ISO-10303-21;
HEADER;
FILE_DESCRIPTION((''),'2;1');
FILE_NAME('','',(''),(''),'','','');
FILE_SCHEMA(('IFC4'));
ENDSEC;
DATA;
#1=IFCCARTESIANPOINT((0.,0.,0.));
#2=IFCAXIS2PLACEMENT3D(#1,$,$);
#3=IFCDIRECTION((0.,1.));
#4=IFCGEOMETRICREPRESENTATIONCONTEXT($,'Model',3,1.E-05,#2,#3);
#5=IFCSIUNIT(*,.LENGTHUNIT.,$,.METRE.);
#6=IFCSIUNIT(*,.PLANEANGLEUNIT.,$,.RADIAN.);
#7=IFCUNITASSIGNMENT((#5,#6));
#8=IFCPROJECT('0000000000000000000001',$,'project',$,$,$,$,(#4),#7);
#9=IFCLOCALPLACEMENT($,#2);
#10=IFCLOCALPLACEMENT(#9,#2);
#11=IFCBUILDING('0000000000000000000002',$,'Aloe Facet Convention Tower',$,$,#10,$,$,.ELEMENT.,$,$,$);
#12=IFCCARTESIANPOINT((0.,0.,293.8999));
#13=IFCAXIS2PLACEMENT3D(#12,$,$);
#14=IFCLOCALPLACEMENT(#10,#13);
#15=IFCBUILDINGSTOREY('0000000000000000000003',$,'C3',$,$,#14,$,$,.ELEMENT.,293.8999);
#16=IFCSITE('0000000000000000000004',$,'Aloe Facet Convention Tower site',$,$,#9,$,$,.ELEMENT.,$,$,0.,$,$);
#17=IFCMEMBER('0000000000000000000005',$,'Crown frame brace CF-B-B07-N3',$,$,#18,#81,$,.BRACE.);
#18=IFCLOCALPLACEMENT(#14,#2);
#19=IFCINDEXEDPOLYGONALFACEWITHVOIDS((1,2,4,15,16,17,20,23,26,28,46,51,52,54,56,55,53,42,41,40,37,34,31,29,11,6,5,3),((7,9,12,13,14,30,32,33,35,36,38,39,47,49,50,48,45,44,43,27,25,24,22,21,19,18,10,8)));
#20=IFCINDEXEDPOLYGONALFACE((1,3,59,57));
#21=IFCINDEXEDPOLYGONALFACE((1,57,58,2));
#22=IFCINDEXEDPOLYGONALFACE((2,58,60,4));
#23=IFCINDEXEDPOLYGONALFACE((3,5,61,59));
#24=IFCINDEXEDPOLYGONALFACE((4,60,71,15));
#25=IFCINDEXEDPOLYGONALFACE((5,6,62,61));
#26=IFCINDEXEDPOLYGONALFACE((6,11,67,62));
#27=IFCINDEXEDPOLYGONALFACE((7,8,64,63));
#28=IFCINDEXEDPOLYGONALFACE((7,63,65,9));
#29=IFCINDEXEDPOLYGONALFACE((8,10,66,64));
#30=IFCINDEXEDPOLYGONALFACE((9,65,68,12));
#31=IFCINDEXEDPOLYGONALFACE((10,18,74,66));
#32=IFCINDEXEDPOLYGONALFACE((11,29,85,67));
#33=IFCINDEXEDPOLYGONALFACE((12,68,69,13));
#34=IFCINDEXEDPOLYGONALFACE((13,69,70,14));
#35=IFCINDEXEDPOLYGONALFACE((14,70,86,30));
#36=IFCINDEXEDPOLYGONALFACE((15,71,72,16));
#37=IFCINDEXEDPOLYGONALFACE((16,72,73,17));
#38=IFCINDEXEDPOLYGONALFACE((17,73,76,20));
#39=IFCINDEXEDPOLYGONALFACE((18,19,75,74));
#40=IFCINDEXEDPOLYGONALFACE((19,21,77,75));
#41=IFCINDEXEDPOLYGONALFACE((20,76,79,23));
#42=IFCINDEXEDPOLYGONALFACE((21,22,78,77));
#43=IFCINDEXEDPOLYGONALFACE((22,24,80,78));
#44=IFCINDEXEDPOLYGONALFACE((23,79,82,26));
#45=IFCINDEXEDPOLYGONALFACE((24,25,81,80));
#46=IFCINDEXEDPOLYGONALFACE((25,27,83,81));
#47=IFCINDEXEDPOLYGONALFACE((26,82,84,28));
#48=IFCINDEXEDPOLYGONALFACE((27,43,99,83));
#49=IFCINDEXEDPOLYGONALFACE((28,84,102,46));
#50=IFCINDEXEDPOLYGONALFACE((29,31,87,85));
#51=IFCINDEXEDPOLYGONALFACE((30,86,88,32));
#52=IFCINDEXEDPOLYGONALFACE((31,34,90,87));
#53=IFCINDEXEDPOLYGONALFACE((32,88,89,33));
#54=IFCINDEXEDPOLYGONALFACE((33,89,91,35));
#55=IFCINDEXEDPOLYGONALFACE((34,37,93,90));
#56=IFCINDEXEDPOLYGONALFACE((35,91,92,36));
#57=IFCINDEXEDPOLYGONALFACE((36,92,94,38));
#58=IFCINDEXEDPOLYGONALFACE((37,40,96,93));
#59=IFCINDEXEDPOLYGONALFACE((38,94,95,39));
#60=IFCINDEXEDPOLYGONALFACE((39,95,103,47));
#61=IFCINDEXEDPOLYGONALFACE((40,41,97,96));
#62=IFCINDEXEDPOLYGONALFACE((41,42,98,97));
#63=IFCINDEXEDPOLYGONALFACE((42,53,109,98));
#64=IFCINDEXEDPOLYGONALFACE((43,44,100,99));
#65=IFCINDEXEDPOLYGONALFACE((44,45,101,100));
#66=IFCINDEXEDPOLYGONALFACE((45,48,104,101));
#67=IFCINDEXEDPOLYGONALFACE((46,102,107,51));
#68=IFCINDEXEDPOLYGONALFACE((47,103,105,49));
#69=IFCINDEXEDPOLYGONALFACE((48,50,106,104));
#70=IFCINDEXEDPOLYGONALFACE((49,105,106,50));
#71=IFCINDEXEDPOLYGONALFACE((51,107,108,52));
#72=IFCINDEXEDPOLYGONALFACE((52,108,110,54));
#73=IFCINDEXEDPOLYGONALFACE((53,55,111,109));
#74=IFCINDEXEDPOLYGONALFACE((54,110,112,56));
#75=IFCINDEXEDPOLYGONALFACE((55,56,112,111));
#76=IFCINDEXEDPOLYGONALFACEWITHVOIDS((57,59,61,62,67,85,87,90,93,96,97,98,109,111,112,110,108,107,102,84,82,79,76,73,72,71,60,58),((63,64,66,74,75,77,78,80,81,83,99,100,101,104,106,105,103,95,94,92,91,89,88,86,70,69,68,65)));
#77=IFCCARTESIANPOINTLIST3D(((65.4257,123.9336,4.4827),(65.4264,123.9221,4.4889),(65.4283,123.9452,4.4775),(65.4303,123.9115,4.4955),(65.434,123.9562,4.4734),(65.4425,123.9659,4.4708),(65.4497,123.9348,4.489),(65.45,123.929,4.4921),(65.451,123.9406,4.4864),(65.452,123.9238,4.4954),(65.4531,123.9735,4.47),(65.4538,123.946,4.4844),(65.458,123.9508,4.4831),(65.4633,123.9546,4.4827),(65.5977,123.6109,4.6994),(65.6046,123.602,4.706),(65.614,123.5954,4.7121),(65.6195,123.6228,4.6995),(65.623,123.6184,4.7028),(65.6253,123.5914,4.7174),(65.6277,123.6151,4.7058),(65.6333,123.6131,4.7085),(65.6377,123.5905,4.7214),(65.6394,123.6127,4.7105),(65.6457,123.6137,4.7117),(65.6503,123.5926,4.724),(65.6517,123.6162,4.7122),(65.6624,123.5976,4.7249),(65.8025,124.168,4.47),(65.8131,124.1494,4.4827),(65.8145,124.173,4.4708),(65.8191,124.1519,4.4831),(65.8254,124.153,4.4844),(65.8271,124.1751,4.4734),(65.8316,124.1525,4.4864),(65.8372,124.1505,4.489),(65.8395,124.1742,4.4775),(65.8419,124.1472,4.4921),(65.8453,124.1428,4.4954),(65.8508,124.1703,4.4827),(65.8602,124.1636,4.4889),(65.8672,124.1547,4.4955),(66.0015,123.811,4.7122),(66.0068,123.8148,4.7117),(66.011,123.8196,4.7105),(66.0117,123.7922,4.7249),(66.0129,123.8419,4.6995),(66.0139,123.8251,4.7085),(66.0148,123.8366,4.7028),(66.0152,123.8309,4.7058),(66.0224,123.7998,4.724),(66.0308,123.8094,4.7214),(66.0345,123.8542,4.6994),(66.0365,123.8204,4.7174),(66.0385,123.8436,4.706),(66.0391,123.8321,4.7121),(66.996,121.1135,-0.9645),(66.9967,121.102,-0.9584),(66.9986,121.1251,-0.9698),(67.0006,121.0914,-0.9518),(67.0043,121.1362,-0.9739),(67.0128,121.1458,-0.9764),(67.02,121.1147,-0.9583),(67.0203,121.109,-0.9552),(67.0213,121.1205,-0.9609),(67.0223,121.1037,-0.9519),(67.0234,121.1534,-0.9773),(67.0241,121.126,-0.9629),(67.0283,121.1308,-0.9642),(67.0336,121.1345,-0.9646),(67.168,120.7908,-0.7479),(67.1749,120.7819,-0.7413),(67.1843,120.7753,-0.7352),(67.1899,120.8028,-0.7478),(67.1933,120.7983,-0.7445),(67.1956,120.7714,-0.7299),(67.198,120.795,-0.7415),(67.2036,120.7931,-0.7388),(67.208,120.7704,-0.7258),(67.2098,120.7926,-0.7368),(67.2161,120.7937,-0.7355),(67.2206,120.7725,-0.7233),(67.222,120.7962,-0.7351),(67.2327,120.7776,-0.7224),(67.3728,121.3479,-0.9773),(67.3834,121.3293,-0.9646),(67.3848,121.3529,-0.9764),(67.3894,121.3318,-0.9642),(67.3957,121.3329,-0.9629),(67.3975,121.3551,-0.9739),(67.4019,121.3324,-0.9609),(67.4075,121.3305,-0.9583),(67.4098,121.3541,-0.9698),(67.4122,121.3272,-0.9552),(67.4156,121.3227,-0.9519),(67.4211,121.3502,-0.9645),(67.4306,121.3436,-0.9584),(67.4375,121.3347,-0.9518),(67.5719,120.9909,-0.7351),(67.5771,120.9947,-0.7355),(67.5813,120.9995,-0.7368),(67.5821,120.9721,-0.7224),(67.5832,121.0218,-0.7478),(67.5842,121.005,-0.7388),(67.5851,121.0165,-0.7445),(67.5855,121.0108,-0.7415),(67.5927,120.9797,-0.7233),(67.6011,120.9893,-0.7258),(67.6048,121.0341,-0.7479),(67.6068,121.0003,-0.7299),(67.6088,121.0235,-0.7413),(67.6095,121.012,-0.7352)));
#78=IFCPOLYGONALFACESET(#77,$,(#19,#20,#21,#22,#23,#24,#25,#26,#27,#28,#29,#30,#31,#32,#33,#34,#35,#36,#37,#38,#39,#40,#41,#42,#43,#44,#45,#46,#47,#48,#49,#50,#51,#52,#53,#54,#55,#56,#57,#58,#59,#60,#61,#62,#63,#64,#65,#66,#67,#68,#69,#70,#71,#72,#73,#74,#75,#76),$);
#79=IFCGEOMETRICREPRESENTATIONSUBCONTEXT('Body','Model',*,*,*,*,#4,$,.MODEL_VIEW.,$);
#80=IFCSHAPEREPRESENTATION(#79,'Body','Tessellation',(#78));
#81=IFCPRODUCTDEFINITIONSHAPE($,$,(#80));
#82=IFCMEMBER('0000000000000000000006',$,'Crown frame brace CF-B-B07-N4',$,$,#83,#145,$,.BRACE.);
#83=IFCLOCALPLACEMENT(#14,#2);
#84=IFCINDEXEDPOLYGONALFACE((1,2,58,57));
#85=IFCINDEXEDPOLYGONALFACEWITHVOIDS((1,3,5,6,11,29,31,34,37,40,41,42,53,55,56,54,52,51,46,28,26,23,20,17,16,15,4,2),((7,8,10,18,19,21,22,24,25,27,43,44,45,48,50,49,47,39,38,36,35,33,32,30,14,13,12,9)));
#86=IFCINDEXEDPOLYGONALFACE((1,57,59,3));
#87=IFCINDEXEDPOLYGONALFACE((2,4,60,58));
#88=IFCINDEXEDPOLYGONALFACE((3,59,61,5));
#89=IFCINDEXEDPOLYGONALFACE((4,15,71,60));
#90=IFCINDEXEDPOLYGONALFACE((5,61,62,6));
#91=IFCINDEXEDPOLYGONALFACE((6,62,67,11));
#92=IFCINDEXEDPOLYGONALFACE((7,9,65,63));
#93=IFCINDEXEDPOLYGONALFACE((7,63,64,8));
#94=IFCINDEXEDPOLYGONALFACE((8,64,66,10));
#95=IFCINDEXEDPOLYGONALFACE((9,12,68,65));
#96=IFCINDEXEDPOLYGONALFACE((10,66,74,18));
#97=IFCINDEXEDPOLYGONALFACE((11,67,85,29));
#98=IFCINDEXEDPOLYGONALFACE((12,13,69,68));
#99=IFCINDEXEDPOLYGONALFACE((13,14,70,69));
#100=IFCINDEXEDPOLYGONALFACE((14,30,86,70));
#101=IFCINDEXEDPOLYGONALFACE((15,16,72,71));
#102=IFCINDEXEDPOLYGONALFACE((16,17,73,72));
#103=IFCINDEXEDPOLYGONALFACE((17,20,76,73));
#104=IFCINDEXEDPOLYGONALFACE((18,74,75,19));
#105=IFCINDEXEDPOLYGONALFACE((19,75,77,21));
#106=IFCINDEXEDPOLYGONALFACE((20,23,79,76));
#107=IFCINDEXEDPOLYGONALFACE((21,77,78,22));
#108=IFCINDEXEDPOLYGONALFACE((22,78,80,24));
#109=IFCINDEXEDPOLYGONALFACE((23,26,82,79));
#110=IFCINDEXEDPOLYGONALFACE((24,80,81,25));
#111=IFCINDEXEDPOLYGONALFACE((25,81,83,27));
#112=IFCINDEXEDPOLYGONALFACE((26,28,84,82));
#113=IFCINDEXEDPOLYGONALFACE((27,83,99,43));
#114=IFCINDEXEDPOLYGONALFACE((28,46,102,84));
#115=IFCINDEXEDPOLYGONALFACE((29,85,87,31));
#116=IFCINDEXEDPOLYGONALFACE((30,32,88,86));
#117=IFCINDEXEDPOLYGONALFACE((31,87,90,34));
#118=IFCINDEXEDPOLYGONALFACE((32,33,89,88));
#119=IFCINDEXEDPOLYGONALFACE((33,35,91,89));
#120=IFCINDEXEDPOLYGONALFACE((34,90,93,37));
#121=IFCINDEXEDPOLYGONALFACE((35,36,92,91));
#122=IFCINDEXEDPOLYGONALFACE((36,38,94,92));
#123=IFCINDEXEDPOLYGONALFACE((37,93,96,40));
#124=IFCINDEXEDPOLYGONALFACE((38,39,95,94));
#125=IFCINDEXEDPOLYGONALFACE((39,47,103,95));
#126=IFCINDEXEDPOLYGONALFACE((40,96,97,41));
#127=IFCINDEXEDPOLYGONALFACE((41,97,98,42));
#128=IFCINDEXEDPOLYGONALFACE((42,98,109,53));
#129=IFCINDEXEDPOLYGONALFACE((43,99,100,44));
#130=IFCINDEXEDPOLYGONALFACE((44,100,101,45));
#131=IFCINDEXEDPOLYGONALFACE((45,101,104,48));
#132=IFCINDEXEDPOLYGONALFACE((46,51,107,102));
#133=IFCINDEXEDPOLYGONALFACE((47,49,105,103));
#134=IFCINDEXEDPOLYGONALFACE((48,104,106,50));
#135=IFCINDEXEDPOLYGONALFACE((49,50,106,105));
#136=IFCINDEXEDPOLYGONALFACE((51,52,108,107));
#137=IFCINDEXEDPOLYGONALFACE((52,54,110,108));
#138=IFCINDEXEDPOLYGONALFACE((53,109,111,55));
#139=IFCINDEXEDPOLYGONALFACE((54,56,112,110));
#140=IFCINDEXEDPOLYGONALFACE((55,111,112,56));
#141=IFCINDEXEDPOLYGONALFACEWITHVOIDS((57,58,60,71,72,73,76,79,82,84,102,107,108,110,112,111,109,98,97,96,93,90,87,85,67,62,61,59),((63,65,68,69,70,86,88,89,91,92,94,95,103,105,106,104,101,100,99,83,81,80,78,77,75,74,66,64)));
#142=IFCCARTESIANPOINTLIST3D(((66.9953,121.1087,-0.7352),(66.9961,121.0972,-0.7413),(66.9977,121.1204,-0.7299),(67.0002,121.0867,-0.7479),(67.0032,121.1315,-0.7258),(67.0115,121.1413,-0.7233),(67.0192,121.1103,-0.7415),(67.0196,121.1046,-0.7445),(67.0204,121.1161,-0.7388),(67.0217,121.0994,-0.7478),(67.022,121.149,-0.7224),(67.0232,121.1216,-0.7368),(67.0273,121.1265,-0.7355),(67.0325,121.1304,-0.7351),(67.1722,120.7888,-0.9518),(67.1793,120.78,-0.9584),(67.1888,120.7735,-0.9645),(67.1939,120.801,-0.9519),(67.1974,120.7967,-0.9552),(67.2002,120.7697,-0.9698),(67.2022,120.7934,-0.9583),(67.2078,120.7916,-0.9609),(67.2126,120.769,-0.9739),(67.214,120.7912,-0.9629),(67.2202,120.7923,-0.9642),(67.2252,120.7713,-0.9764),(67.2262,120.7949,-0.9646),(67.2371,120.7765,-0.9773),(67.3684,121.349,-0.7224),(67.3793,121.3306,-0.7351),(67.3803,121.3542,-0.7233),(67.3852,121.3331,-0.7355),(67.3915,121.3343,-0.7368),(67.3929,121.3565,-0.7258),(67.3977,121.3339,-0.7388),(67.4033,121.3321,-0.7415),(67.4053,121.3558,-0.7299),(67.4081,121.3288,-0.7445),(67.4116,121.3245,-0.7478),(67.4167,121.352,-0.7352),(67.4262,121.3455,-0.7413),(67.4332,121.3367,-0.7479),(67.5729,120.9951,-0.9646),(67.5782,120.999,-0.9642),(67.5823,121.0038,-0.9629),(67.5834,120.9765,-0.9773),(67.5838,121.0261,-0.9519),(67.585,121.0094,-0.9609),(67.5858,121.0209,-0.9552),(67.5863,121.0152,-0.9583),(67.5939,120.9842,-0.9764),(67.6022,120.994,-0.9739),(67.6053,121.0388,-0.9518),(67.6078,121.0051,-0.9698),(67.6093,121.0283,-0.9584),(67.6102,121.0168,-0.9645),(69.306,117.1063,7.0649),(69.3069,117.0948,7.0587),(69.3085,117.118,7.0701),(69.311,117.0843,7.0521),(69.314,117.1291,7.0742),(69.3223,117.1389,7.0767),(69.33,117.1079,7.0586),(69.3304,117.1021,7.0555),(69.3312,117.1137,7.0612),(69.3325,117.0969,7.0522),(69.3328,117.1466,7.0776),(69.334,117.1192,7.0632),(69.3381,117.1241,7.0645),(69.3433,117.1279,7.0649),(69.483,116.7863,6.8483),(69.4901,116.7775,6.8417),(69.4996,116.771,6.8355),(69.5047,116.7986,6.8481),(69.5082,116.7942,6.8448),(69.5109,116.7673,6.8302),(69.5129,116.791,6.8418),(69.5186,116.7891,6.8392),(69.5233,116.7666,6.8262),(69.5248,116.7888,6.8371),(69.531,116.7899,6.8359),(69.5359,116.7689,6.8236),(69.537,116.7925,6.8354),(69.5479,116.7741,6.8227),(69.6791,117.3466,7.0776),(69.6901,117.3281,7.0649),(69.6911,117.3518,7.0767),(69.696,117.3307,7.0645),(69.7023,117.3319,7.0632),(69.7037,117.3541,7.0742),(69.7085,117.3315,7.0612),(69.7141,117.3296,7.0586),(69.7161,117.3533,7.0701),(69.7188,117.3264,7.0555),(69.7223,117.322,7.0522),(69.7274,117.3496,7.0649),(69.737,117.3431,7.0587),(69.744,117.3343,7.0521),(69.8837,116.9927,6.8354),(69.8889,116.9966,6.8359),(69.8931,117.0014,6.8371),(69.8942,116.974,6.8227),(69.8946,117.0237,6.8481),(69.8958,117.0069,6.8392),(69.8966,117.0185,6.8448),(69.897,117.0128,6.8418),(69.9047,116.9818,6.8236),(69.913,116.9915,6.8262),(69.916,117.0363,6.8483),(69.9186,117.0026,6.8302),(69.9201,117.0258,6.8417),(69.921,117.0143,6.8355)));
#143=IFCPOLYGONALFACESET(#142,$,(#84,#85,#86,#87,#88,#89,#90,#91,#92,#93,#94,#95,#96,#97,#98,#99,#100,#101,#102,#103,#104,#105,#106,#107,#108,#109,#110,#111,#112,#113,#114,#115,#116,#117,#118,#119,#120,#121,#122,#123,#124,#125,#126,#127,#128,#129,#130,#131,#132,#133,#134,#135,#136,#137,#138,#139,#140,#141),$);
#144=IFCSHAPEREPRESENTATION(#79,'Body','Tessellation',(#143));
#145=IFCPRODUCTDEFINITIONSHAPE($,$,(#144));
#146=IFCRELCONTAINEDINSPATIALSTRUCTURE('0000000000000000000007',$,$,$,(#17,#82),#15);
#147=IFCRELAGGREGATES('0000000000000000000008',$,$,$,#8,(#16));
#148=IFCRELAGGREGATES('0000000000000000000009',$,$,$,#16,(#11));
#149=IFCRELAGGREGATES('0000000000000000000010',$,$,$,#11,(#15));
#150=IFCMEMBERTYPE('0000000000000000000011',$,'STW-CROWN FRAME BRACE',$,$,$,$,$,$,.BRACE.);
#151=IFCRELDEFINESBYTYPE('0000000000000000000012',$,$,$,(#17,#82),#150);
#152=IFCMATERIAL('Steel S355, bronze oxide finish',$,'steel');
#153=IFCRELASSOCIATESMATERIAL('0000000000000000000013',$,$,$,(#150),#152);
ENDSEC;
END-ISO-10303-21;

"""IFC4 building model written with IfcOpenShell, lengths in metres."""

from ifc_helpers import new_model, si_unit, direction, frame, origin, origin_2d, place, context, subcontext, project, spatial, hollow_rectangle, extrude, material, material_profile, profile_set, type_object, element, save


model = new_model("IFC4")

# Units and contexts
model_context = context("Model", 3, precision=1e-05, world=origin(), true_north=direction((0.0, 1.0)))
body_context = subcontext(model_context, "Body", "Model", "MODEL_VIEW")
ifc_project = project(units=[si_unit("LENGTHUNIT", "METRE"), si_unit("PLANEANGLEUNIT", "RADIAN")], contexts=[model_context])

# Site, building, storey
site_placement = place(None, origin())
site = spatial("IfcSite", under=ifc_project, at=site_placement, Name="Aloe Facet Convention Tower site", CompositionType="ELEMENT", RefElevation=0.0)
building_placement = place(site_placement, origin())
building = spatial("IfcBuilding", under=site, at=building_placement, Name="Aloe Facet Convention Tower", CompositionType="ELEMENT")
storey_placement = place(building_placement, frame((0.0, 0.0, 293.8999)))
storey = spatial("IfcBuildingStorey", under=building, at=storey_placement, Name="C3", CompositionType="ELEMENT", Elevation=293.8999)

# Members
ifc_material_1 = material(Name="Steel S355, bronze oxide finish", Category="steel")
ifc_material_profile_1 = material_profile(ifc_material_1, hollow_rectangle(XDim=0.5, YDim=0.5, WallThickness=0.0249, InnerFilletRadius=0.0249, OuterFilletRadius=0.05, at=origin_2d()), Name="SHS 500x500x25")
ifc_profile_set_1 = profile_set([ifc_material_profile_1], Name="Steel S355, bronze oxide finish")
member_type_1 = type_object("IfcMemberType", Name="STW-CROWN FRAME BRACE", PredefinedType="BRACE", material=ifc_profile_set_1)
member_1_placement = place(storey_placement, frame((67.3027, 121.0627, -0.8499), z_axis=(-0.248005, 0.445384, 0.860306), x_axis=(-0.873682, -0.486497, 0.0)))
element("IfcMember", 1, at=member_1_placement, inside=storey, type_object=member_type_1, Name="Crown frame brace CF-B-B07-N3", PredefinedType="BRACE", context=body_context, shape_type="SweptSolid", body=[
    extrude(hollow_rectangle(XDim=0.5, YDim=0.5, WallThickness=0.0249, InnerFilletRadius=0.0249, OuterFilletRadius=0.05, at=origin_2d()), origin(), (0.0, 0.0, 1.0), 6.3318),
])
member_2_placement = place(storey_placement, frame((67.3027, 121.0627, -0.8499), z_axis=(0.254873, -0.441458, 0.860322), x_axis=(0.866027, 0.499997, 0.0)))
element("IfcMember", 2, at=member_2_placement, inside=storey, type_object=member_type_1, Name="Crown frame brace CF-B-B07-N4", PredefinedType="BRACE", context=body_context, shape_type="SweptSolid", body=[
    extrude(hollow_rectangle(XDim=0.5, YDim=0.5, WallThickness=0.0249, InnerFilletRadius=0.0249, OuterFilletRadius=0.05, at=origin_2d()), origin(), (0.0, 0.0, 1.0), 9.0664),
])

save(model, "model.ifc")
